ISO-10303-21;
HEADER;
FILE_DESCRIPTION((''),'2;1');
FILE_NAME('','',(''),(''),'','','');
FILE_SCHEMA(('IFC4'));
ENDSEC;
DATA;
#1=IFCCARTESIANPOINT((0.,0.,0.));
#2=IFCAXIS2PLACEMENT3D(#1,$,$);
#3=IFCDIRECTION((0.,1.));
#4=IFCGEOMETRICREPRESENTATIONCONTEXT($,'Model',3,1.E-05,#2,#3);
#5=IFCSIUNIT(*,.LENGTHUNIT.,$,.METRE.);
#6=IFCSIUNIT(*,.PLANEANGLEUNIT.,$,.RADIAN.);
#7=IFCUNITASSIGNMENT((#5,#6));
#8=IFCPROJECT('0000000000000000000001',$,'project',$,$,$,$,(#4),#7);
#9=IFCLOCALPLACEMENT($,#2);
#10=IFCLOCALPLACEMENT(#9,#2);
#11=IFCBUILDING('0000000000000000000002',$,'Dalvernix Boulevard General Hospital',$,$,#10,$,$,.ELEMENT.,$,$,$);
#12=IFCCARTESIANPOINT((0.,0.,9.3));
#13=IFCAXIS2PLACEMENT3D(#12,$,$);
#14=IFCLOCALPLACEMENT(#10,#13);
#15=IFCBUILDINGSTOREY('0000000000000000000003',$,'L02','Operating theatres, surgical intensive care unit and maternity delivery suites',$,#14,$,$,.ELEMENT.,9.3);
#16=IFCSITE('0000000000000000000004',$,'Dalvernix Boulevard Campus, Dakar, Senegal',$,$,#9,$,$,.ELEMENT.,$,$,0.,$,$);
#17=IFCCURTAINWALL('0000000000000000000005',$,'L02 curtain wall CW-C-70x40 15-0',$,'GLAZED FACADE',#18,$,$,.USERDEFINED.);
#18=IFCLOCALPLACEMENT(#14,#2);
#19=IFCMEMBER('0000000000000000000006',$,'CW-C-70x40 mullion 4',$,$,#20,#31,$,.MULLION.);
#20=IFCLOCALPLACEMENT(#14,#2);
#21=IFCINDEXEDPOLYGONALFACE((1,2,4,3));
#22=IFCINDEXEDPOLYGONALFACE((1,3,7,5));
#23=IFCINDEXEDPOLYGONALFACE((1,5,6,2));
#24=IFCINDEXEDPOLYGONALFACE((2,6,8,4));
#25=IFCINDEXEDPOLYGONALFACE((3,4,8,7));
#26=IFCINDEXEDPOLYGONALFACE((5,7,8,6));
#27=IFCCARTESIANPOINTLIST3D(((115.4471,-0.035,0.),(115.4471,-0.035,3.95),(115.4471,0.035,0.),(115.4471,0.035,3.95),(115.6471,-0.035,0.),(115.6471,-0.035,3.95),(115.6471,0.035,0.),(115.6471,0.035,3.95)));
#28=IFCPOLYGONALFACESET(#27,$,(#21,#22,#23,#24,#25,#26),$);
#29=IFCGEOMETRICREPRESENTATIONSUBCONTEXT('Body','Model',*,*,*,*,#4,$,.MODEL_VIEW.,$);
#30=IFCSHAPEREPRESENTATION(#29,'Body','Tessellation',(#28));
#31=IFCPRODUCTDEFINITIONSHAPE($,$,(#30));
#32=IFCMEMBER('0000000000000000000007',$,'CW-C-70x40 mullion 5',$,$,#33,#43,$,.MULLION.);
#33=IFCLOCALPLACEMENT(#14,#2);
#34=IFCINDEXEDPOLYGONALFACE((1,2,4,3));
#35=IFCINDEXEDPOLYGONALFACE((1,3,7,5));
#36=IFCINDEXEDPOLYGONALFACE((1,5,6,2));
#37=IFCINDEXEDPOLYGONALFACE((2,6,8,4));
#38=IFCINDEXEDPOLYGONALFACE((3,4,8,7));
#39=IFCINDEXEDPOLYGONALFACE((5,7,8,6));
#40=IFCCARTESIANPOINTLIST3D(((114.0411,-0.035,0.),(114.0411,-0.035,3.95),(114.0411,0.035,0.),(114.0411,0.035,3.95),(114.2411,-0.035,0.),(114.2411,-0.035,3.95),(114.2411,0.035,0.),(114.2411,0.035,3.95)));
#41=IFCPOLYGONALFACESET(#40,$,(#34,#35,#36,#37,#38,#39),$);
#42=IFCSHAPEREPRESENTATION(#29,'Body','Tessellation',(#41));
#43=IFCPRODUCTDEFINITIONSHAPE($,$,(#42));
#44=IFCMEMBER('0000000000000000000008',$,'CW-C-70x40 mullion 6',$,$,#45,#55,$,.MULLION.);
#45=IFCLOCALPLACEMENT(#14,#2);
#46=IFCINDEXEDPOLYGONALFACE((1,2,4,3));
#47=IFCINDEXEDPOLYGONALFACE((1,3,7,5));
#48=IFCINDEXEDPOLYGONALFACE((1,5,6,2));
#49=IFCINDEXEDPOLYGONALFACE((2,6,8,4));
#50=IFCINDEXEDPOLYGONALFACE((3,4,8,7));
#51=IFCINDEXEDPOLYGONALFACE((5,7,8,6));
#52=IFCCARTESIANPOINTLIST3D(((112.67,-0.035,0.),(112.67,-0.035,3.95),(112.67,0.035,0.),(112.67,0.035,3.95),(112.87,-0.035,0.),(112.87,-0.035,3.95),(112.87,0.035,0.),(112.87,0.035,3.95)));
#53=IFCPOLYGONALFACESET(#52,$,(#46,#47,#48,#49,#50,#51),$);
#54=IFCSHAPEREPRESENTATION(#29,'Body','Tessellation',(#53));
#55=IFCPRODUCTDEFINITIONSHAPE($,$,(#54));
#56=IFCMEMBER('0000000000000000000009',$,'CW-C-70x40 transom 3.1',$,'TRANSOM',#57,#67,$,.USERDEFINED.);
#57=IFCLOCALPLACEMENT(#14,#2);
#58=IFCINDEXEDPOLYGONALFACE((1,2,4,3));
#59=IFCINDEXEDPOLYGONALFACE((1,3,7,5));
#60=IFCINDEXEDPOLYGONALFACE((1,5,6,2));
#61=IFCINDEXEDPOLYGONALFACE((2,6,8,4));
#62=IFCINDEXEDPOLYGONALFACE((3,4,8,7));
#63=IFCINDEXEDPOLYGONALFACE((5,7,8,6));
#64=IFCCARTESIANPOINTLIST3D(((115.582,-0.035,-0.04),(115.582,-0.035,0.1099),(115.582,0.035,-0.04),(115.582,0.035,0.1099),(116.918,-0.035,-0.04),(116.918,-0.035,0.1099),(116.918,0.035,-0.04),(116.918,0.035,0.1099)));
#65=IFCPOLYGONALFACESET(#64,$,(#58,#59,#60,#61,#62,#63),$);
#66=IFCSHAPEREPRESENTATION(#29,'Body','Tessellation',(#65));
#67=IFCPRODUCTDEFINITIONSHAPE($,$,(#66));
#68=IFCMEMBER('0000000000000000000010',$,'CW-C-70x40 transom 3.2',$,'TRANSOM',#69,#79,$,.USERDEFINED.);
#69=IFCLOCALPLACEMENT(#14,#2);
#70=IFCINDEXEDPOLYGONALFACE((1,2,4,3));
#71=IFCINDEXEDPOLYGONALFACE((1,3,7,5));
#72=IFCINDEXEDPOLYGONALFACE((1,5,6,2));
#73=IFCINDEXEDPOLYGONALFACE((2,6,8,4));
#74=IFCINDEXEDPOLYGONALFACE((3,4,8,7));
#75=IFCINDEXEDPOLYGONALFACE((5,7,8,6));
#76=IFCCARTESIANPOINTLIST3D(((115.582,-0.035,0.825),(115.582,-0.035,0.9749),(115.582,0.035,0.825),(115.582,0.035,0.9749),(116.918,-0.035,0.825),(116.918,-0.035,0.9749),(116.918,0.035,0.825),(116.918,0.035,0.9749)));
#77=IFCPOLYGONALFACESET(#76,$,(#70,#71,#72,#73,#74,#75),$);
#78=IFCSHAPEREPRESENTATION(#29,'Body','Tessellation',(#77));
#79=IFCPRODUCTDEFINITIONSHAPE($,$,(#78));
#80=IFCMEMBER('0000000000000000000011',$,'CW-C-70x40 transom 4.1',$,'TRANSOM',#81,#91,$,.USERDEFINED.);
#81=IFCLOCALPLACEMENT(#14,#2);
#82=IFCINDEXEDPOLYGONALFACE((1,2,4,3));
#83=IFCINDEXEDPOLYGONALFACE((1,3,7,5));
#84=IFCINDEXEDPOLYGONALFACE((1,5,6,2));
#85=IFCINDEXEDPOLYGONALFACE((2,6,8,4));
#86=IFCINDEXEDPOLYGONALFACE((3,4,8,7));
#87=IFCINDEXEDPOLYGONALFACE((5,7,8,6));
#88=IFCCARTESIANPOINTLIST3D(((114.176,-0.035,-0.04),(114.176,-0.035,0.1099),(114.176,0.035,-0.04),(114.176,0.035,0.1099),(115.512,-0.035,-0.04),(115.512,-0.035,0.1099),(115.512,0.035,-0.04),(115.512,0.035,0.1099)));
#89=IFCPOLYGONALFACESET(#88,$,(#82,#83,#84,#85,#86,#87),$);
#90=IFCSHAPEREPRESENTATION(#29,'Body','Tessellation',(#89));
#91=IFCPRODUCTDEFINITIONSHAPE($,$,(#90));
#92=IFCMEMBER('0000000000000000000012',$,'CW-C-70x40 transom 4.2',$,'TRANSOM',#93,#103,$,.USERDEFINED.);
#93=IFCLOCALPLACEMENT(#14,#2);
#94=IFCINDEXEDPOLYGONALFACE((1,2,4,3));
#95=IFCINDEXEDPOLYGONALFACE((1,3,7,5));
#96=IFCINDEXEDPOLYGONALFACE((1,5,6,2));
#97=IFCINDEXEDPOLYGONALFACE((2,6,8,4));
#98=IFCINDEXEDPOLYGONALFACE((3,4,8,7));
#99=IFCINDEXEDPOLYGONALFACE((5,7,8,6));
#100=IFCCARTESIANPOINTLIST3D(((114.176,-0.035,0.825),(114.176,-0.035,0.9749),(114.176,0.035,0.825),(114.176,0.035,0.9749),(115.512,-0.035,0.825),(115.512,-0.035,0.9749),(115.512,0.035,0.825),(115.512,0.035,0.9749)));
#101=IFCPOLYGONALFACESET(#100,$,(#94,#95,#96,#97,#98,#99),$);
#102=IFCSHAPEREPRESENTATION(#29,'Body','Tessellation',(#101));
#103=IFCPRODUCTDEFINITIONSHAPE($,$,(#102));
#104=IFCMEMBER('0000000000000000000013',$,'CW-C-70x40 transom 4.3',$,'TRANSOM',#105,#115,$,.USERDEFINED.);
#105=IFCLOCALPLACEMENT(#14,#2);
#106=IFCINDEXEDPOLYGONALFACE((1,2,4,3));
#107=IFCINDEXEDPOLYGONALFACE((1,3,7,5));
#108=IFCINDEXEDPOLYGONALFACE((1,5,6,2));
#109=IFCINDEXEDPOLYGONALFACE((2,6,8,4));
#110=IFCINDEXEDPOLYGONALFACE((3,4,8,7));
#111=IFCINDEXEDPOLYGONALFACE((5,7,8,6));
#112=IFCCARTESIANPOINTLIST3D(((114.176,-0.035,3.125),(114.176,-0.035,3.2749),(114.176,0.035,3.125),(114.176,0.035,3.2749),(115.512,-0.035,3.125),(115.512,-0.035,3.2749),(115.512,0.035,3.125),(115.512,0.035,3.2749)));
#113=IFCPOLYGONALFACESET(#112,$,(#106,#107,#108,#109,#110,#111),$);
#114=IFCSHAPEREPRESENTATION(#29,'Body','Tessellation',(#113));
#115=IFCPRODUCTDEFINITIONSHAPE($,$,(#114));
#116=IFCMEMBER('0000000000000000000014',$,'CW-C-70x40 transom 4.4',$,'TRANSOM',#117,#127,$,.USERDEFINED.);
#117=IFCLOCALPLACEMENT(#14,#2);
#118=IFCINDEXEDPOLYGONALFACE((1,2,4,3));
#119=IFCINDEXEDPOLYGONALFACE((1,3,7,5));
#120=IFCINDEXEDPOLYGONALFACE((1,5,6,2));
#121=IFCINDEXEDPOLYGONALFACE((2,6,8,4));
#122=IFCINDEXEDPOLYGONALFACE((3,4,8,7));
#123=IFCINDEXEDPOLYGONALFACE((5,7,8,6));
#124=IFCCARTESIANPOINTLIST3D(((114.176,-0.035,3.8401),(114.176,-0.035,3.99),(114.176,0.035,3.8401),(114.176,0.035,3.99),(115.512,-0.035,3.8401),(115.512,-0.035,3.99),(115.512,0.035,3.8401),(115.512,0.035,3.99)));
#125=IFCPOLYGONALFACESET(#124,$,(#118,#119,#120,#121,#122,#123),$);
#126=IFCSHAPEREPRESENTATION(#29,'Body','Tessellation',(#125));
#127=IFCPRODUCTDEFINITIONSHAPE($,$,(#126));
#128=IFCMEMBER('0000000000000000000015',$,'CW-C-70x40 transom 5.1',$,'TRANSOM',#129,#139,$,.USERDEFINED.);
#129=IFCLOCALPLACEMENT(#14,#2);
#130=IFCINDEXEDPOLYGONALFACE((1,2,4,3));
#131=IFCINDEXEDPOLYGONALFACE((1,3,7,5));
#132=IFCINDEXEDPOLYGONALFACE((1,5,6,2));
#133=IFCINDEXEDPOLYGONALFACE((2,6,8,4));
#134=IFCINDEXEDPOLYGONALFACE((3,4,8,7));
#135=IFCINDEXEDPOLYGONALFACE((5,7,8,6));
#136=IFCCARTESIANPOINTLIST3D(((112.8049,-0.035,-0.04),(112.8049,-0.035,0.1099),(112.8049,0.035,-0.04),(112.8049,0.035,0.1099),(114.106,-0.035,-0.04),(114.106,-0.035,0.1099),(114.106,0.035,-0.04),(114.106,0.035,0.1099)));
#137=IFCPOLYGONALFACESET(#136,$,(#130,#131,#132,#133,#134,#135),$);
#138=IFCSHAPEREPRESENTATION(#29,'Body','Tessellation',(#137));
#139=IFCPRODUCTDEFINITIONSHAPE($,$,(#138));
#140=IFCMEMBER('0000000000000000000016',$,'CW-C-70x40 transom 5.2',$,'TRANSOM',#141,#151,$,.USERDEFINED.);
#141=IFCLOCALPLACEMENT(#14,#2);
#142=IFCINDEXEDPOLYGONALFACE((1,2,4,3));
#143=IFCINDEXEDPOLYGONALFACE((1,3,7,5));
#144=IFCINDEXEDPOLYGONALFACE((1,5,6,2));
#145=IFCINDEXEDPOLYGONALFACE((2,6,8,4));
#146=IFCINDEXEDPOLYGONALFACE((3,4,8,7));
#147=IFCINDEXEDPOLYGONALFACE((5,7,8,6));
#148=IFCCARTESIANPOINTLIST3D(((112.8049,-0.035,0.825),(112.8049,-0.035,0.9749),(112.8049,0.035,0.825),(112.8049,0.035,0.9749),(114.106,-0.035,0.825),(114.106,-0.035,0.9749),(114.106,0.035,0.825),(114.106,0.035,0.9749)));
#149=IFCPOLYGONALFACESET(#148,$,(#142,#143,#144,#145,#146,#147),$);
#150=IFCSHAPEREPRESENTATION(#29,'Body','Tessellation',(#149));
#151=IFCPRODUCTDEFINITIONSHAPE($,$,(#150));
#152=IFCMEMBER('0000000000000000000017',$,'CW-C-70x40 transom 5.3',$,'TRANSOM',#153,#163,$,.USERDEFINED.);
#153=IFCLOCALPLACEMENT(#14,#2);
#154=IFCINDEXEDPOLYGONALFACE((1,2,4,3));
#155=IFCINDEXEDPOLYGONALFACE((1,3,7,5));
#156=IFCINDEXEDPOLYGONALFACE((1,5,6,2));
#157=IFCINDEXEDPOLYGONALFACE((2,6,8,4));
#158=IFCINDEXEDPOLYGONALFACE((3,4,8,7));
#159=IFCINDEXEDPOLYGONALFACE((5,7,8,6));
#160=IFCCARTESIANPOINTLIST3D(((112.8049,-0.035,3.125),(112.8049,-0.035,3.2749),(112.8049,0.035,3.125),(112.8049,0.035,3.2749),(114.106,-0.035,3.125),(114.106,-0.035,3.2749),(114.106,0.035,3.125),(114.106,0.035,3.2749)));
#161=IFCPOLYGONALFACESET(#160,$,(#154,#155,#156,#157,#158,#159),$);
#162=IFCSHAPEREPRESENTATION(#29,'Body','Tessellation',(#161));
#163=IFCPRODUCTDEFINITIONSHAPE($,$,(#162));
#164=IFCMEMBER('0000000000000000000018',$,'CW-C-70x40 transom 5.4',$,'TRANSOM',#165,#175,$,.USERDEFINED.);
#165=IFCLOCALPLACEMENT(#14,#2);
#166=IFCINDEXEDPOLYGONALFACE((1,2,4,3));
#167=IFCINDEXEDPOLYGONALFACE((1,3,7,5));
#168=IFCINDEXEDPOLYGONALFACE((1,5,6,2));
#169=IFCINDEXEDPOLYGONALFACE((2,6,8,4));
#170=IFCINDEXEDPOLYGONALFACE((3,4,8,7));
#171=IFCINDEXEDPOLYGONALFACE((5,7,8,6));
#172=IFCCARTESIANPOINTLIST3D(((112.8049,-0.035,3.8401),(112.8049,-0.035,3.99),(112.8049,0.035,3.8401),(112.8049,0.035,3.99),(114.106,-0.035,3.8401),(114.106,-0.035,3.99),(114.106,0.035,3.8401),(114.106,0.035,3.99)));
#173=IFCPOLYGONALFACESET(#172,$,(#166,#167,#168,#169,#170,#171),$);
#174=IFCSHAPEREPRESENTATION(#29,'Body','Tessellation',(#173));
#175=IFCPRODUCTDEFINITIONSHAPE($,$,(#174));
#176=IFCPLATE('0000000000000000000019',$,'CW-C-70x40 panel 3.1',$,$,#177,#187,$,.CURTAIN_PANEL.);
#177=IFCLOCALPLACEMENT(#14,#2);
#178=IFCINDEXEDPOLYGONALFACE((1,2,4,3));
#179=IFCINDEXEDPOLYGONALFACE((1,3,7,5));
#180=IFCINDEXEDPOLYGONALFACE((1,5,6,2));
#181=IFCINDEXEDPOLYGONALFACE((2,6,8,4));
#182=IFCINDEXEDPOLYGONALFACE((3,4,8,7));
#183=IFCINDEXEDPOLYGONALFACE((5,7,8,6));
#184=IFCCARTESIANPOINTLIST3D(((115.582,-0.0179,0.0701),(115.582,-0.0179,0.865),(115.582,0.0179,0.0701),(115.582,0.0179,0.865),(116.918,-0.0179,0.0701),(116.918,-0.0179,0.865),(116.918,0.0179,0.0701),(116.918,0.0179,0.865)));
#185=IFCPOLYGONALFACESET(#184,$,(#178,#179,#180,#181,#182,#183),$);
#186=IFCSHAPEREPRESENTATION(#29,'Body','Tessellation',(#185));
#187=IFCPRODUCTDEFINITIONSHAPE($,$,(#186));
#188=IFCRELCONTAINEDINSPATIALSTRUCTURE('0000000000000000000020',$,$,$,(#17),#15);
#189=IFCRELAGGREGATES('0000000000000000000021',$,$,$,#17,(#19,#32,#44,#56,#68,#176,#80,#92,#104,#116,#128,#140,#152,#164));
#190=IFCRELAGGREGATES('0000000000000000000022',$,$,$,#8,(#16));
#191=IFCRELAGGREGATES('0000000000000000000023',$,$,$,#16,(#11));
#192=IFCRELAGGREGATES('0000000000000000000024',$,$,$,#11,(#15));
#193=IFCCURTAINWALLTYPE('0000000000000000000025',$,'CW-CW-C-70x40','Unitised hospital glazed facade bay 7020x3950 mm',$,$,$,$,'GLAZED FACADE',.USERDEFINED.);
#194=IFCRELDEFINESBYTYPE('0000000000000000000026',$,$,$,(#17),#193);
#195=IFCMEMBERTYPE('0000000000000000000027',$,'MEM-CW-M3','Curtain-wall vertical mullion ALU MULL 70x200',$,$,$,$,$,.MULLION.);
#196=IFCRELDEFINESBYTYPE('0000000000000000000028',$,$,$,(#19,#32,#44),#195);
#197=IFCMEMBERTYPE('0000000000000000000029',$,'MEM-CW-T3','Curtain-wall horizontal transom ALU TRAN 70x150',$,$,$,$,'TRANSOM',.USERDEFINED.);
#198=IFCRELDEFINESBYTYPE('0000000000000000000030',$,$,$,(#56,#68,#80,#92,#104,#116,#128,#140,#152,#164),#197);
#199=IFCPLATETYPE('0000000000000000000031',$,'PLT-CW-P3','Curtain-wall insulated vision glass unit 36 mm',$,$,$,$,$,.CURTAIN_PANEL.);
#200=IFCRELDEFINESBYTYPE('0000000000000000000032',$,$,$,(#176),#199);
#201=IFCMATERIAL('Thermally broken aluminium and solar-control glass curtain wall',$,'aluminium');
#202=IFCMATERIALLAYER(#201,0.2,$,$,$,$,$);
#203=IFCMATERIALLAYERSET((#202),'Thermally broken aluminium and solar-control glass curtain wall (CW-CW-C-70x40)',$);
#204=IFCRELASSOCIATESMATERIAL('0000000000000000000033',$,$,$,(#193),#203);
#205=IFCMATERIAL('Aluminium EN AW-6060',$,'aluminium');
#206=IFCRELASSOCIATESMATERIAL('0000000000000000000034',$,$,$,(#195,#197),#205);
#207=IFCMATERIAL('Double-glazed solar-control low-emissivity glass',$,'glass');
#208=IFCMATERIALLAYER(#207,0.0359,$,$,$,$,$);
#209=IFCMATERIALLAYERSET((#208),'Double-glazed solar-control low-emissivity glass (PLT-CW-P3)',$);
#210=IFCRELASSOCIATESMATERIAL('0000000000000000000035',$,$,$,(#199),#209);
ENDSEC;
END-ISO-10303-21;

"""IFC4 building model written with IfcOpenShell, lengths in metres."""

from ifc_helpers import new_model, si_unit, direction, frame, origin, origin_2d, place, context, subcontext, project, spatial, rectangle, extrude, material, layer, layer_set, material_profile, profile_set, type_object, element, aggregate, save


model = new_model("IFC4")

# Units and contexts
model_context = context("Model", 3, precision=1e-05, world=origin(), true_north=direction((0.0, 1.0)))
body_context = subcontext(model_context, "Body", "Model", "MODEL_VIEW")
ifc_project = project(units=[si_unit("LENGTHUNIT", "METRE"), si_unit("PLANEANGLEUNIT", "RADIAN")], contexts=[model_context])

# Site, building, storey
site_placement = place(None, origin())
site = spatial("IfcSite", under=ifc_project, at=site_placement, Name="Dalvernix Boulevard Campus, Dakar, Senegal", CompositionType="ELEMENT", RefElevation=0.0)
building_placement = place(site_placement, origin())
building = spatial("IfcBuilding", under=site, at=building_placement, Name="Dalvernix Boulevard General Hospital", CompositionType="ELEMENT")
storey_placement = place(building_placement, frame((0.0, 0.0, 9.3)))
storey = spatial("IfcBuildingStorey", under=building, at=storey_placement, Name="L02", Description="Operating theatres, surgical intensive care unit and maternity delivery suites", CompositionType="ELEMENT", Elevation=9.3)

# Curtain wall, members, plate
ifc_material_1 = material(Name="Thermally broken aluminium and solar-control glass curtain wall", Category="aluminium")
ifc_layer_1 = layer(ifc_material_1, 0.2)
ifc_layer_set_1 = layer_set([ifc_layer_1], Name="Thermally broken aluminium and solar-control glass curtain wall (CW-CW-C-70x40)")
curtain_wall_type = type_object("IfcCurtainWallType", Name="CW-CW-C-70x40", Description="Unitised hospital glazed facade bay 7020x3950 mm", ElementType="GLAZED FACADE", PredefinedType="USERDEFINED", material=ifc_layer_set_1)
curtain_wall_placement = place(storey_placement, origin())
curtain_wall = element("IfcCurtainWall", 1, at=curtain_wall_placement, inside=storey, type_object=curtain_wall_type, Name="L02 curtain wall CW-C-70x40 15-0", ObjectType="GLAZED FACADE", PredefinedType="USERDEFINED")
ifc_material_2 = material(Name="Aluminium EN AW-6060", Category="aluminium")
ifc_material_profile_1 = material_profile(ifc_material_2, rectangle(XDim=0.0701, YDim=0.2, at=origin_2d()), Name="ALU MULL 70x200")
ifc_profile_set_1 = profile_set([ifc_material_profile_1], Name="Aluminium EN AW-6060")
member_type_1 = type_object("IfcMemberType", Name="MEM-CW-M3", Description="Curtain-wall vertical mullion ALU MULL 70x200", PredefinedType="MULLION", material=ifc_profile_set_1)
member_1_placement = place(storey_placement, frame((115.5471, 0.0, 0.0), z_axis=(0.0, 0.0, 1.0), x_axis=(0.0, -1.0, 0.0)))
member_1 = element("IfcMember", 2, at=member_1_placement, type_object=member_type_1, Name="CW-C-70x40 mullion 4", PredefinedType="MULLION", context=body_context, shape_type="SweptSolid", body=[
    extrude(rectangle(XDim=0.0701, YDim=0.2, at=origin_2d()), origin(), (0.0, 0.0, 1.0), 3.95),
])
member_2_placement = place(storey_placement, frame((114.1411, 0.0, 0.0), z_axis=(0.0, 0.0, 1.0), x_axis=(0.0, -1.0, 0.0)))
member_2 = element("IfcMember", 3, at=member_2_placement, type_object=member_type_1, Name="CW-C-70x40 mullion 5", PredefinedType="MULLION", context=body_context, shape_type="SweptSolid", body=[
    extrude(rectangle(XDim=0.0701, YDim=0.2, at=origin_2d()), origin(), (0.0, 0.0, 1.0), 3.95),
])
member_3_placement = place(storey_placement, frame((112.77, 0.0, 0.0), z_axis=(0.0, 0.0, 1.0), x_axis=(0.0, -1.0, 0.0)))
member_3 = element("IfcMember", 4, at=member_3_placement, type_object=member_type_1, Name="CW-C-70x40 mullion 6", PredefinedType="MULLION", context=body_context, shape_type="SweptSolid", body=[
    extrude(rectangle(XDim=0.0701, YDim=0.2, at=origin_2d()), origin(), (0.0, 0.0, 1.0), 3.95),
])
ifc_material_profile_2 = material_profile(ifc_material_2, rectangle(XDim=0.0701, YDim=0.1499, at=origin_2d()), Name="ALU TRAN 70x150")
ifc_profile_set_2 = profile_set([ifc_material_profile_2], Name="Aluminium EN AW-6060")
member_type_2 = type_object("IfcMemberType", Name="MEM-CW-T3", Description="Curtain-wall horizontal transom ALU TRAN 70x150", ElementType="TRANSOM", PredefinedType="USERDEFINED", material=ifc_profile_set_2)
member_4_placement = place(storey_placement, frame((116.918, 0.0, 0.0349), z_axis=(-1.0, 0.0, 0.0), x_axis=(0.0, -1.0, 0.0)))
member_4 = element("IfcMember", 5, at=member_4_placement, type_object=member_type_2, Name="CW-C-70x40 transom 3.1", ObjectType="TRANSOM", PredefinedType="USERDEFINED", context=body_context, shape_type="SweptSolid", body=[
    extrude(rectangle(XDim=0.0701, YDim=0.1499, at=origin_2d()), origin(), (0.0, 0.0, 1.0), 1.3359),
])
member_5_placement = place(storey_placement, frame((116.918, 0.0, 0.8999), z_axis=(-1.0, 0.0, 0.0), x_axis=(0.0, -1.0, 0.0)))
member_5 = element("IfcMember", 6, at=member_5_placement, type_object=member_type_2, Name="CW-C-70x40 transom 3.2", ObjectType="TRANSOM", PredefinedType="USERDEFINED", context=body_context, shape_type="SweptSolid", body=[
    extrude(rectangle(XDim=0.0701, YDim=0.1499, at=origin_2d()), origin(), (0.0, 0.0, 1.0), 1.3359),
])
member_6_placement = place(storey_placement, frame((115.512, 0.0, 0.0349), z_axis=(-1.0, 0.0, 0.0), x_axis=(0.0, -1.0, 0.0)))
member_6 = element("IfcMember", 7, at=member_6_placement, type_object=member_type_2, Name="CW-C-70x40 transom 4.1", ObjectType="TRANSOM", PredefinedType="USERDEFINED", context=body_context, shape_type="SweptSolid", body=[
    extrude(rectangle(XDim=0.0701, YDim=0.1499, at=origin_2d()), origin(), (0.0, 0.0, 1.0), 1.3359),
])
member_7_placement = place(storey_placement, frame((115.512, 0.0, 0.8999), z_axis=(-1.0, 0.0, 0.0), x_axis=(0.0, -1.0, 0.0)))
member_7 = element("IfcMember", 8, at=member_7_placement, type_object=member_type_2, Name="CW-C-70x40 transom 4.2", ObjectType="TRANSOM", PredefinedType="USERDEFINED", context=body_context, shape_type="SweptSolid", body=[
    extrude(rectangle(XDim=0.0701, YDim=0.1499, at=origin_2d()), origin(), (0.0, 0.0, 1.0), 1.3359),
])
member_8_placement = place(storey_placement, frame((115.512, 0.0, 3.2), z_axis=(-1.0, 0.0, 0.0), x_axis=(0.0, -1.0, 0.0)))
member_8 = element("IfcMember", 9, at=member_8_placement, type_object=member_type_2, Name="CW-C-70x40 transom 4.3", ObjectType="TRANSOM", PredefinedType="USERDEFINED", context=body_context, shape_type="SweptSolid", body=[
    extrude(rectangle(XDim=0.0701, YDim=0.1499, at=origin_2d()), origin(), (0.0, 0.0, 1.0), 1.3359),
])
member_9_placement = place(storey_placement, frame((115.512, 0.0, 3.915), z_axis=(-1.0, 0.0, 0.0), x_axis=(0.0, -1.0, 0.0)))
member_9 = element("IfcMember", 10, at=member_9_placement, type_object=member_type_2, Name="CW-C-70x40 transom 4.4", ObjectType="TRANSOM", PredefinedType="USERDEFINED", context=body_context, shape_type="SweptSolid", body=[
    extrude(rectangle(XDim=0.0701, YDim=0.1499, at=origin_2d()), origin(), (0.0, 0.0, 1.0), 1.3359),
])
member_10_placement = place(storey_placement, frame((114.106, 0.0, 0.0349), z_axis=(-1.0, 0.0, 0.0), x_axis=(0.0, -1.0, 0.0)))
member_10 = element("IfcMember", 11, at=member_10_placement, type_object=member_type_2, Name="CW-C-70x40 transom 5.1", ObjectType="TRANSOM", PredefinedType="USERDEFINED", context=body_context, shape_type="SweptSolid", body=[
    extrude(rectangle(XDim=0.0701, YDim=0.1499, at=origin_2d()), origin(), (0.0, 0.0, 1.0), 1.301),
])
member_11_placement = place(storey_placement, frame((114.106, 0.0, 0.8999), z_axis=(-1.0, 0.0, 0.0), x_axis=(0.0, -1.0, 0.0)))
member_11 = element("IfcMember", 12, at=member_11_placement, type_object=member_type_2, Name="CW-C-70x40 transom 5.2", ObjectType="TRANSOM", PredefinedType="USERDEFINED", context=body_context, shape_type="SweptSolid", body=[
    extrude(rectangle(XDim=0.0701, YDim=0.1499, at=origin_2d()), origin(), (0.0, 0.0, 1.0), 1.301),
])
member_12_placement = place(storey_placement, frame((114.106, 0.0, 3.2), z_axis=(-1.0, 0.0, 0.0), x_axis=(0.0, -1.0, 0.0)))
member_12 = element("IfcMember", 13, at=member_12_placement, type_object=member_type_2, Name="CW-C-70x40 transom 5.3", ObjectType="TRANSOM", PredefinedType="USERDEFINED", context=body_context, shape_type="SweptSolid", body=[
    extrude(rectangle(XDim=0.0701, YDim=0.1499, at=origin_2d()), origin(), (0.0, 0.0, 1.0), 1.301),
])
member_13_placement = place(storey_placement, frame((114.106, 0.0, 3.915), z_axis=(-1.0, 0.0, 0.0), x_axis=(0.0, -1.0, 0.0)))
member_13 = element("IfcMember", 14, at=member_13_placement, type_object=member_type_2, Name="CW-C-70x40 transom 5.4", ObjectType="TRANSOM", PredefinedType="USERDEFINED", context=body_context, shape_type="SweptSolid", body=[
    extrude(rectangle(XDim=0.0701, YDim=0.1499, at=origin_2d()), origin(), (0.0, 0.0, 1.0), 1.301),
])
ifc_material_3 = material(Name="Double-glazed solar-control low-emissivity glass", Category="glass")
ifc_layer_2 = layer(ifc_material_3, 0.0359)
ifc_layer_set_2 = layer_set([ifc_layer_2], Name="Double-glazed solar-control low-emissivity glass (PLT-CW-P3)")
plate_type = type_object("IfcPlateType", Name="PLT-CW-P3", Description="Curtain-wall insulated vision glass unit 36 mm", PredefinedType="CURTAIN_PANEL", material=ifc_layer_set_2)
plate_1_placement = place(storey_placement, frame((116.25, 0.0, 0.0701), z_axis=(0.0, 0.0, 1.0), x_axis=(-1.0, 0.0, 0.0)))
plate_1 = element("IfcPlate", 15, at=plate_1_placement, type_object=plate_type, Name="CW-C-70x40 panel 3.1", PredefinedType="CURTAIN_PANEL", context=body_context, shape_type="SweptSolid", body=[
    extrude(rectangle(XDim=1.3359, YDim=0.0359, at=origin_2d()), origin(), (0.0, 0.0, 1.0), 0.7949),
])
aggregate(curtain_wall, [member_1, member_2, member_3, member_4, member_5, plate_1, member_6, member_7, member_8, member_9, member_10, member_11, member_12, member_13])

save(model, "model.ifc")
